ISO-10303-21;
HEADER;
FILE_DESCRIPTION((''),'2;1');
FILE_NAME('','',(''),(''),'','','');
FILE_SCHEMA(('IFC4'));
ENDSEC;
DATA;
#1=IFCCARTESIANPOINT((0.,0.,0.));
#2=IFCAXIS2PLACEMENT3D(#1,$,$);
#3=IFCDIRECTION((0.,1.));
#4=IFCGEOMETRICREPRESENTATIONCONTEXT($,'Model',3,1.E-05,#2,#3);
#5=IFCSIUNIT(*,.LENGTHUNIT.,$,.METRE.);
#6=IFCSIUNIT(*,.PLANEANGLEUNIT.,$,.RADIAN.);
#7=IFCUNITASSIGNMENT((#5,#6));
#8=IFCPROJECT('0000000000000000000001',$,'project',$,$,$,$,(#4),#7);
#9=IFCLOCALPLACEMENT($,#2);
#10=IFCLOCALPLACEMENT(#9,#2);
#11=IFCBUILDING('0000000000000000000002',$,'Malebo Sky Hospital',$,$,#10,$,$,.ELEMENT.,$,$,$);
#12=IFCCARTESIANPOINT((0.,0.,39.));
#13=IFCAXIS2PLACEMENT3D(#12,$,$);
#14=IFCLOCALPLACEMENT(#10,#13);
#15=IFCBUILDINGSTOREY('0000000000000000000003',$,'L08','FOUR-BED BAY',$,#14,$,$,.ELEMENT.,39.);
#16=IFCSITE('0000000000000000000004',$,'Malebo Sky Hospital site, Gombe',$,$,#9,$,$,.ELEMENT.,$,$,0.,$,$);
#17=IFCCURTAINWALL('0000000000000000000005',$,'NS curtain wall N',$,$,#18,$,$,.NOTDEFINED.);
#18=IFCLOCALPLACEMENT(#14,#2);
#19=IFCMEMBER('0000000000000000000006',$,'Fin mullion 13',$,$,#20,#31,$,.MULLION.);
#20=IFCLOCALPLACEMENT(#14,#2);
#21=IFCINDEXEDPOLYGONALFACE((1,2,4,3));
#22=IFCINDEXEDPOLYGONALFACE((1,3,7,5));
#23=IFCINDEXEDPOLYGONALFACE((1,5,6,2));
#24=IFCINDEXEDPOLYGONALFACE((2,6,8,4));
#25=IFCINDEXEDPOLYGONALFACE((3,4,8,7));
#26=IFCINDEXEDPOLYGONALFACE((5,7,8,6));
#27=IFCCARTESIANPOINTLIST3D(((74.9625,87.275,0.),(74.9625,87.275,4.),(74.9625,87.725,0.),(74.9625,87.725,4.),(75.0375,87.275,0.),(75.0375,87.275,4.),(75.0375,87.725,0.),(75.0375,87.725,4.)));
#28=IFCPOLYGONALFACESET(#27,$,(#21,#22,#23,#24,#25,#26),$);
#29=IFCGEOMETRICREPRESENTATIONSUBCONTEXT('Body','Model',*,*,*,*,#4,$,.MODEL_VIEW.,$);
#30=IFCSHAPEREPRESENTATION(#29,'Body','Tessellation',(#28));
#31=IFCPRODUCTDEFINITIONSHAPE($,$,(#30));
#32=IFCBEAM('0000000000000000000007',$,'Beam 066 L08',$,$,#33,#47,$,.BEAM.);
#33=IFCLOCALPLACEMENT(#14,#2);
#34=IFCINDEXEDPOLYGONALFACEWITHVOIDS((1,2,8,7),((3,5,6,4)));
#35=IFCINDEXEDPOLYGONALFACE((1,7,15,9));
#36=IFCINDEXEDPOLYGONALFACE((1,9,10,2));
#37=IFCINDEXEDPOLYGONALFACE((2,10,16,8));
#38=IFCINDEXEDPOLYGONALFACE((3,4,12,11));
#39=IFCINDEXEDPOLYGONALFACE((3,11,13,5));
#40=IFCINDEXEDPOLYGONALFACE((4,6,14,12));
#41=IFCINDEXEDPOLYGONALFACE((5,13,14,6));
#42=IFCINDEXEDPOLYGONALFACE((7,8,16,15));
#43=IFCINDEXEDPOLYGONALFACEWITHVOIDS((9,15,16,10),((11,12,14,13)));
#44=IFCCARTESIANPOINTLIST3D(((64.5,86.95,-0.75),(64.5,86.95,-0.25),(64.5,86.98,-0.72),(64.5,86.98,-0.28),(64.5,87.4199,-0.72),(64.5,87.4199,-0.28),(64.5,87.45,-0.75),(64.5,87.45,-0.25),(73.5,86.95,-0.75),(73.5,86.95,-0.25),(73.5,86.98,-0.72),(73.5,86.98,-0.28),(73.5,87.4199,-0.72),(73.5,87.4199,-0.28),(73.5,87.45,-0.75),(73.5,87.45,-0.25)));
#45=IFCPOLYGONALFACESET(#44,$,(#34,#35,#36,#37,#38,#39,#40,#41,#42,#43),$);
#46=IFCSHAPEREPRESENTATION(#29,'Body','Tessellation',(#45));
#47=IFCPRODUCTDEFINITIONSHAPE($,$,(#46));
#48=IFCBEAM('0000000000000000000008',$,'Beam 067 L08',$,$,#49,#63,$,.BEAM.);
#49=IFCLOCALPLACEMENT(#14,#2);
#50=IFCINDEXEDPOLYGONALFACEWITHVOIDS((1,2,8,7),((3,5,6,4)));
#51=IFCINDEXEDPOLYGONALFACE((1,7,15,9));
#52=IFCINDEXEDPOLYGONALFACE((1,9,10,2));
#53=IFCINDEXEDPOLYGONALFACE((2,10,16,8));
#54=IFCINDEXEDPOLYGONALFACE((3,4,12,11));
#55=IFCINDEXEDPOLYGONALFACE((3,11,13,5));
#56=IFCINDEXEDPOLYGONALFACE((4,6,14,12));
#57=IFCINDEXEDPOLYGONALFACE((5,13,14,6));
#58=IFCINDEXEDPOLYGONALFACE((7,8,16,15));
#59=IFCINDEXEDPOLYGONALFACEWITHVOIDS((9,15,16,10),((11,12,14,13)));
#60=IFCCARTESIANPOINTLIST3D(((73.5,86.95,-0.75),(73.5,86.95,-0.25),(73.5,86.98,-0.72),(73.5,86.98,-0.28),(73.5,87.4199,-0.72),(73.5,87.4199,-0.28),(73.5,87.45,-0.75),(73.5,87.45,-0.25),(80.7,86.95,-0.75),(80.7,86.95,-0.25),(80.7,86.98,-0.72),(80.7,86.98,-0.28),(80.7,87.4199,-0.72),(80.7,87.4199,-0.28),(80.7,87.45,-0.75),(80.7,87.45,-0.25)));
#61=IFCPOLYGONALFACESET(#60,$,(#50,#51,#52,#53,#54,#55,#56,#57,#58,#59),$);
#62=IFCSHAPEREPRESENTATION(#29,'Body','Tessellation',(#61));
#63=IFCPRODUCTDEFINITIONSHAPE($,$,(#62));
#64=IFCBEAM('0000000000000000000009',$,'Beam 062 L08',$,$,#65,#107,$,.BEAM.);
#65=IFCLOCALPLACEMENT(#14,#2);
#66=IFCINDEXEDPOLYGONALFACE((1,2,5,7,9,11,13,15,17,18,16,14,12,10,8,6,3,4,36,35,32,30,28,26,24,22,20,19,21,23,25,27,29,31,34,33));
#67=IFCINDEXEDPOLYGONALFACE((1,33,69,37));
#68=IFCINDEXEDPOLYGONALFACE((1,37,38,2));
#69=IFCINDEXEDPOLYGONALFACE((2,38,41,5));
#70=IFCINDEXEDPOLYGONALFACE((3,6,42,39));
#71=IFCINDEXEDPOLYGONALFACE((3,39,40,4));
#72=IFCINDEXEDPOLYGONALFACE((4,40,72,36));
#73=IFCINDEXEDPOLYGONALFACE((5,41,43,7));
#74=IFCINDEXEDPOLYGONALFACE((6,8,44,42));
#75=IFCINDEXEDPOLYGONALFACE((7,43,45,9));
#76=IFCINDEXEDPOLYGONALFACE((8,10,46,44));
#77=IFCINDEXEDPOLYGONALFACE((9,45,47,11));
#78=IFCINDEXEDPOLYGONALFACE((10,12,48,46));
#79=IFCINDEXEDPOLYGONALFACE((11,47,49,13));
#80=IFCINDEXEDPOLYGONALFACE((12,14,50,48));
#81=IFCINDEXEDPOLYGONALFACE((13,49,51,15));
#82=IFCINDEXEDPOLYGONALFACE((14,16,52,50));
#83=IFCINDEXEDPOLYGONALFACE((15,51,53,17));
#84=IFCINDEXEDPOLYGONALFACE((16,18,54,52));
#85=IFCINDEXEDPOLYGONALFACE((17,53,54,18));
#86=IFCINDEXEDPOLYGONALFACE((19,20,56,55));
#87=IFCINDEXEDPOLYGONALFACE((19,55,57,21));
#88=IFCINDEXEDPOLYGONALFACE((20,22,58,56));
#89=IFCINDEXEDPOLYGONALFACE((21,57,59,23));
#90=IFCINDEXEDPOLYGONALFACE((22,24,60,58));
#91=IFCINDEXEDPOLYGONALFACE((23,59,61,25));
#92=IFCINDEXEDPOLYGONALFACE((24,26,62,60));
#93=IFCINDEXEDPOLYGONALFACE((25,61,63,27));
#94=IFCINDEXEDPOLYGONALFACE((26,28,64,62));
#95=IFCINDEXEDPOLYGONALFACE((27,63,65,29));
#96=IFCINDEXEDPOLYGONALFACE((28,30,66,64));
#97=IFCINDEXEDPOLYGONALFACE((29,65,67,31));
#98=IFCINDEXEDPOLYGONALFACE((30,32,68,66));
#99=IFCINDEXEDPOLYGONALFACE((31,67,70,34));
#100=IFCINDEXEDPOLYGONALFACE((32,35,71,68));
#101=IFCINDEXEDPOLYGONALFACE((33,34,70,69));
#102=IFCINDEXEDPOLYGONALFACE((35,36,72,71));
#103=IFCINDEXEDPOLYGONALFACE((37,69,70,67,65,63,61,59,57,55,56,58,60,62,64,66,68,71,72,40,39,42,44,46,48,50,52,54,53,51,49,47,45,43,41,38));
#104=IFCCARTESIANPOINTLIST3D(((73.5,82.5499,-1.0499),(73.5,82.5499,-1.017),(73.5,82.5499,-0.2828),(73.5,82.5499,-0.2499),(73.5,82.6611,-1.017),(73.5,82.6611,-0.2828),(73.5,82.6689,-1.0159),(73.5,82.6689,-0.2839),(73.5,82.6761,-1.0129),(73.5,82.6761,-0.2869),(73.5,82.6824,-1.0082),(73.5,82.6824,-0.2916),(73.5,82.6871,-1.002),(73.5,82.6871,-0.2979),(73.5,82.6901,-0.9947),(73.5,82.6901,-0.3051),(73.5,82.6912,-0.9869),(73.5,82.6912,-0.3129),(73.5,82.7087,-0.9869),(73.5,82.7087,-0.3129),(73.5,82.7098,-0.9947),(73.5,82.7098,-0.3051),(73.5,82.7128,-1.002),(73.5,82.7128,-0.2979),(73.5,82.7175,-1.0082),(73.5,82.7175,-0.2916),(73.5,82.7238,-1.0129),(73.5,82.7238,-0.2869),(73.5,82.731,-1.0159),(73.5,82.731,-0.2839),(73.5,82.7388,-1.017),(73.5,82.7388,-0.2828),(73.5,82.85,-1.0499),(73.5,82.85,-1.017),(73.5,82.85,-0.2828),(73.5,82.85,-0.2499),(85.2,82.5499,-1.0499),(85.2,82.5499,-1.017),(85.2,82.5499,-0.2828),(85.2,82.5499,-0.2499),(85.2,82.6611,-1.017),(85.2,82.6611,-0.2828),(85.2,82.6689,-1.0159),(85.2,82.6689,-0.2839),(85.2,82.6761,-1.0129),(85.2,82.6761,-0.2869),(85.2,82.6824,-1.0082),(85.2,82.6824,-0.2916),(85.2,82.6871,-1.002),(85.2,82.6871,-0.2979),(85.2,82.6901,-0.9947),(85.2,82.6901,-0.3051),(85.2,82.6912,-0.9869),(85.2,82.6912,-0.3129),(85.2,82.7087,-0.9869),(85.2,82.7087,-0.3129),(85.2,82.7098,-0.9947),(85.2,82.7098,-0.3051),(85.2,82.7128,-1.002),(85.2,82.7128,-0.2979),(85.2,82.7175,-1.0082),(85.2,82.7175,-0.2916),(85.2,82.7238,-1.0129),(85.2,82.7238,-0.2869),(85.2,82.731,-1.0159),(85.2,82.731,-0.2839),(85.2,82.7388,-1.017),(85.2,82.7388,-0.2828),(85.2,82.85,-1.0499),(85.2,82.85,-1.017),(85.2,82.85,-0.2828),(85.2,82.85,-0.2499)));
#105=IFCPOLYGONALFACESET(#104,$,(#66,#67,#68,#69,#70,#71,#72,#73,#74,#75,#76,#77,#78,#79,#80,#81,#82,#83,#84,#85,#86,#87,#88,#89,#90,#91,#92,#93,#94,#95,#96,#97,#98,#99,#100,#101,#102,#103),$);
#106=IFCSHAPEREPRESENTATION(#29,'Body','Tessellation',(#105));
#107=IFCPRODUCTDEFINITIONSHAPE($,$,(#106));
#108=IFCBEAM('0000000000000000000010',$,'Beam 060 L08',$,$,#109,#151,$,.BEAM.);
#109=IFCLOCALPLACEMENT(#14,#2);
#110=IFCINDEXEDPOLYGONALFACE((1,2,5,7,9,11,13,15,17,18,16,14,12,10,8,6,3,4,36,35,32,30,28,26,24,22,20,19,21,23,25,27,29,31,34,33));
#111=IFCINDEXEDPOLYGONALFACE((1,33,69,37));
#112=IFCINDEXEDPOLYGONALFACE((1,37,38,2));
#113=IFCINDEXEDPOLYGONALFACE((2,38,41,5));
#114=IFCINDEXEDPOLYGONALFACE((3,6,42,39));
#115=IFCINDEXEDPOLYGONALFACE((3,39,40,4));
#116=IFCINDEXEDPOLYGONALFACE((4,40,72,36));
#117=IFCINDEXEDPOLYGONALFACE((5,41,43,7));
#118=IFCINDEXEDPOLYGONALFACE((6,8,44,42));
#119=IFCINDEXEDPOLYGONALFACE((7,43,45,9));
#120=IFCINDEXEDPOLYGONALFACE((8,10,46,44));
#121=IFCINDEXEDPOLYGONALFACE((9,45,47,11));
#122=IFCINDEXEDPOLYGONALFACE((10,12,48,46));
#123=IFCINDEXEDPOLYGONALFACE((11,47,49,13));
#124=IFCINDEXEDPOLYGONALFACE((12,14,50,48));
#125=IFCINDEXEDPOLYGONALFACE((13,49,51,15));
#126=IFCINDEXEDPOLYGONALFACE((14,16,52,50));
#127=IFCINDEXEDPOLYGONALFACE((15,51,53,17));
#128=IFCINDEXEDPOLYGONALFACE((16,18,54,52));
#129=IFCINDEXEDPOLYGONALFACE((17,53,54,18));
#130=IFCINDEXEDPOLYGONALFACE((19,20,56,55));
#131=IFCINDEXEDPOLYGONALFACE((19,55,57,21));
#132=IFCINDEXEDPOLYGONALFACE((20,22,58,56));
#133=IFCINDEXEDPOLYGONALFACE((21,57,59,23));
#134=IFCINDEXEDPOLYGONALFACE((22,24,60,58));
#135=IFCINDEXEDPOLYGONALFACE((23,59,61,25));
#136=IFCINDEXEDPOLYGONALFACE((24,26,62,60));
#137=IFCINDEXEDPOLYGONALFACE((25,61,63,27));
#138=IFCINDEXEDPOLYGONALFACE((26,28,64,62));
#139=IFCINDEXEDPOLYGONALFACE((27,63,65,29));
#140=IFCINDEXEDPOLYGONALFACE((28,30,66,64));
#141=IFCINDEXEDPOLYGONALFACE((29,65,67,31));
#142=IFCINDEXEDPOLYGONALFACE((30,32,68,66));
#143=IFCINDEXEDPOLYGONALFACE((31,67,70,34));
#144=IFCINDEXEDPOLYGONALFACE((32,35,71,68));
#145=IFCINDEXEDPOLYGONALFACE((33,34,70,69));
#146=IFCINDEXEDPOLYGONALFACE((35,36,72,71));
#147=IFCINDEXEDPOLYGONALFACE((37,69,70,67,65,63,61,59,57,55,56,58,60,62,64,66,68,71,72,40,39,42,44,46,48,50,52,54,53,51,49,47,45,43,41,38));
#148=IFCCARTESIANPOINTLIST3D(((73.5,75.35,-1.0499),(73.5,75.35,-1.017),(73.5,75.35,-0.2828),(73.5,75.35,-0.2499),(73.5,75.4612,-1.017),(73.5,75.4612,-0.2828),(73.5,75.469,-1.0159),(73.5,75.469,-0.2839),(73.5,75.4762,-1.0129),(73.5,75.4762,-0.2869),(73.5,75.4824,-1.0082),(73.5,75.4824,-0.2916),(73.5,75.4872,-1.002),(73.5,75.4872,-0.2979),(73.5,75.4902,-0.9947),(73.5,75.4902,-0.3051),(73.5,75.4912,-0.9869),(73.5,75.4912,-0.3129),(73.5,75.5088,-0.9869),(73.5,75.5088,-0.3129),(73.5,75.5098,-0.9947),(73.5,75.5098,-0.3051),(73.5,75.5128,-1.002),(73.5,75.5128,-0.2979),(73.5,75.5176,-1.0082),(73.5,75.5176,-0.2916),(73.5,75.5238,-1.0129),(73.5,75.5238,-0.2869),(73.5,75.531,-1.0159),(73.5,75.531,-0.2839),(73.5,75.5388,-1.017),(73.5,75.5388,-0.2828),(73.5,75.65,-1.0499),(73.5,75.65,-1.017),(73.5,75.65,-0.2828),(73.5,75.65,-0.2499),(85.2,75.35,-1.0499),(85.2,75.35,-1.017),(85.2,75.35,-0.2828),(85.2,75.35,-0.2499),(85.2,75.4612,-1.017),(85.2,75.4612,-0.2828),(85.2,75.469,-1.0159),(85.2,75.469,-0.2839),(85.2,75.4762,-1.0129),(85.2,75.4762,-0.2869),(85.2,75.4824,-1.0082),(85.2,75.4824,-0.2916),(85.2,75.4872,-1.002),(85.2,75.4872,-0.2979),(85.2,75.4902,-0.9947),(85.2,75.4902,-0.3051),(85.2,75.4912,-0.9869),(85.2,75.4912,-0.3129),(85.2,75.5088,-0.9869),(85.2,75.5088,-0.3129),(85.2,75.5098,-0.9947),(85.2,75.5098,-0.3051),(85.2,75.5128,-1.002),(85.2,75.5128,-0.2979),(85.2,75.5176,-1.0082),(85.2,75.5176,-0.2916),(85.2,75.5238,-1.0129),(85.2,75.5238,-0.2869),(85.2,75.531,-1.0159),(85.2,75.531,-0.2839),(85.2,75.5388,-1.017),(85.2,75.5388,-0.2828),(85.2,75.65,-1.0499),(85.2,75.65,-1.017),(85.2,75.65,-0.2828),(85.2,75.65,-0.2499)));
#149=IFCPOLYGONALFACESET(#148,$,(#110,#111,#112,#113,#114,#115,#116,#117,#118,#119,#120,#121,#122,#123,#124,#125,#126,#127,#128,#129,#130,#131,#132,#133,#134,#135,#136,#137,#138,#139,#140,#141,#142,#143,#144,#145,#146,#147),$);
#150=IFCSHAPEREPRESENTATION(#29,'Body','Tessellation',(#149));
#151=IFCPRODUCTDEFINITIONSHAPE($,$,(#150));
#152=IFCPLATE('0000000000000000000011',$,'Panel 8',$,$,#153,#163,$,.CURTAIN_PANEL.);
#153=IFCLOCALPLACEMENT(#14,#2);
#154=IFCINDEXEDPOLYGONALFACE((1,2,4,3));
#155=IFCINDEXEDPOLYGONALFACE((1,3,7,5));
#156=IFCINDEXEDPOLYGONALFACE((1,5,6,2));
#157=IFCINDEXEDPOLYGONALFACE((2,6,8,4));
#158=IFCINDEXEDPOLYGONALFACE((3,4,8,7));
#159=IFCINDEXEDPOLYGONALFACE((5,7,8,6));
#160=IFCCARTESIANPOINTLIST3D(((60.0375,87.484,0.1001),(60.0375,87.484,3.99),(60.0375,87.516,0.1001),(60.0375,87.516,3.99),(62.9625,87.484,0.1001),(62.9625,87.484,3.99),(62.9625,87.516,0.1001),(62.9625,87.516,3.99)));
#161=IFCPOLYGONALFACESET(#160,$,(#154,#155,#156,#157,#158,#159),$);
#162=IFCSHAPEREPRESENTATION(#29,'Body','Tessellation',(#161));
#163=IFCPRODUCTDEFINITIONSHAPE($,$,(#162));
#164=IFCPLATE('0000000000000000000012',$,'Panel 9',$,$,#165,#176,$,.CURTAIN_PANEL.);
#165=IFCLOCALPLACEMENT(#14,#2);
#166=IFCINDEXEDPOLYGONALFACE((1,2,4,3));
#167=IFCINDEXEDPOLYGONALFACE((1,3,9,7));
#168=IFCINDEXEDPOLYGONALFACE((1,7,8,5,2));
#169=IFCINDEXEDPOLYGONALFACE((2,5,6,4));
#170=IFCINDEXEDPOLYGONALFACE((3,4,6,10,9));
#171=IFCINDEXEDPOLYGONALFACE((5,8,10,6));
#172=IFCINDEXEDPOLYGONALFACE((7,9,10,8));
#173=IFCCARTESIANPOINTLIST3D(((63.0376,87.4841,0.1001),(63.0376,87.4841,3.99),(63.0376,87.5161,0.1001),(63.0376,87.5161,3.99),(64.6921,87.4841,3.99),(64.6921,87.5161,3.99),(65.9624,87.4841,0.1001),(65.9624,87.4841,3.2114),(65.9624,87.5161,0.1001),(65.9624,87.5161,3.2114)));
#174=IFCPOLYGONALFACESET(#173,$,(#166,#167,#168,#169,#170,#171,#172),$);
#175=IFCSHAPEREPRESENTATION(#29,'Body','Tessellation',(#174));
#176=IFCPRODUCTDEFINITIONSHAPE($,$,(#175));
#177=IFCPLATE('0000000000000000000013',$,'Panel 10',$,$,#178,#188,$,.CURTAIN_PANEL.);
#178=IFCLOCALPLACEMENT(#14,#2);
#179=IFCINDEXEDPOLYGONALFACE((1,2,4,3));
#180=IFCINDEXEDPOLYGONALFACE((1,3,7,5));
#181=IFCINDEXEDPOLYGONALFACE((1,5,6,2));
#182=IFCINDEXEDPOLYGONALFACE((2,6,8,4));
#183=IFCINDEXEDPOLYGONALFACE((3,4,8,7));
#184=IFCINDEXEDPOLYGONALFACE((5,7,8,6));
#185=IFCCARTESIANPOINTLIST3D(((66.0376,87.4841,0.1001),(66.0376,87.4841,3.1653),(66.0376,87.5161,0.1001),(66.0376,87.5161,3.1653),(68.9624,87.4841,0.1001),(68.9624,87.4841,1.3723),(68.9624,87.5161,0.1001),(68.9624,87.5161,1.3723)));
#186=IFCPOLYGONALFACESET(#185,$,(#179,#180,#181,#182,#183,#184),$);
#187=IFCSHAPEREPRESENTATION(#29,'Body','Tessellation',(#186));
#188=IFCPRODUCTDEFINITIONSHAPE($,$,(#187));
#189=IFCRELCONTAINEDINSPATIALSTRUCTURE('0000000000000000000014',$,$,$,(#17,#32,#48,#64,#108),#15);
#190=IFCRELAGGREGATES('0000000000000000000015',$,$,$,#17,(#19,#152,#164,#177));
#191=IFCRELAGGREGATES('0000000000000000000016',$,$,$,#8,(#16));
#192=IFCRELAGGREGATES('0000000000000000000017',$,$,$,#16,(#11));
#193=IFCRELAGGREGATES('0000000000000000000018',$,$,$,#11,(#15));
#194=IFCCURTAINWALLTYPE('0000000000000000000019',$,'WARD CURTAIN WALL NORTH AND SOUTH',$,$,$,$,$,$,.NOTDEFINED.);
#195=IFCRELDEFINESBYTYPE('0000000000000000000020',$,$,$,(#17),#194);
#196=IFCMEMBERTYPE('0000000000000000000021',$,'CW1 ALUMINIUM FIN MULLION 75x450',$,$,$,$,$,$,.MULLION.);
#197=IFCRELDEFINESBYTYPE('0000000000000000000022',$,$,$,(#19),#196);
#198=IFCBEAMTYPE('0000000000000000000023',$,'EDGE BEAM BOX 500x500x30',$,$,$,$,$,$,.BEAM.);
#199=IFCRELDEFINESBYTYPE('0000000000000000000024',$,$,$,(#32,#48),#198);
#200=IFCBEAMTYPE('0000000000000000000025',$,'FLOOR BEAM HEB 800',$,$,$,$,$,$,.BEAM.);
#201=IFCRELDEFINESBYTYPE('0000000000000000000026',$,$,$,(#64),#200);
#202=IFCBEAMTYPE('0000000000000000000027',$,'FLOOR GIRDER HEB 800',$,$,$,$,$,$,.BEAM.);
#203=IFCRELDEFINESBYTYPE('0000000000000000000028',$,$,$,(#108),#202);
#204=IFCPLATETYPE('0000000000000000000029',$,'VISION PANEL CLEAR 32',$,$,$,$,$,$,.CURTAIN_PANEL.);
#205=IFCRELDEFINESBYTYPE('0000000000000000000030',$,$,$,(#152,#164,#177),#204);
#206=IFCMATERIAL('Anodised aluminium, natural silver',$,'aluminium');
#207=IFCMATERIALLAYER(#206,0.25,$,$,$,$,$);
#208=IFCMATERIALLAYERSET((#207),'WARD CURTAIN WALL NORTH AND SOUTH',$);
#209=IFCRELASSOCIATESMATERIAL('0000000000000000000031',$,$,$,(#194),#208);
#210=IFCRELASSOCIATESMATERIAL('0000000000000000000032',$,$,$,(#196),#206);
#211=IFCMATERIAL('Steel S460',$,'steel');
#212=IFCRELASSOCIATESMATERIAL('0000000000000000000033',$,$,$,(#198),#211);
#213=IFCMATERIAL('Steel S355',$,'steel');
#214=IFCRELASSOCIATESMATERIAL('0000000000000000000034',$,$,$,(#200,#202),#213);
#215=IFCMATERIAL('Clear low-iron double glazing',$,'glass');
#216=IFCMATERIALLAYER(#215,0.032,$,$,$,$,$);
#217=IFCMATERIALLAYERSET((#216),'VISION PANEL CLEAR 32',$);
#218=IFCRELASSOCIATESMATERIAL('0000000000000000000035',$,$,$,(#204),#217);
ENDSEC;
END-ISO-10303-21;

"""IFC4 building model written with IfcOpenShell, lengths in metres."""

from ifc_helpers import new_model, si_unit, direction, frame, origin, origin_2d, place, context, subcontext, project, spatial, polyline, rectangle, hollow_rectangle, i_section, outline, extrude, material, layer, layer_set, material_profile, profile_set, type_object, element, aggregate, save


model = new_model("IFC4")

# Units and contexts
model_context = context("Model", 3, precision=1e-05, world=origin(), true_north=direction((0.0, 1.0)))
body_context = subcontext(model_context, "Body", "Model", "MODEL_VIEW")
ifc_project = project(units=[si_unit("LENGTHUNIT", "METRE"), si_unit("PLANEANGLEUNIT", "RADIAN")], contexts=[model_context])

# Site, building, storey
site_placement = place(None, origin())
site = spatial("IfcSite", under=ifc_project, at=site_placement, Name="Malebo Sky Hospital site, Gombe", CompositionType="ELEMENT", RefElevation=0.0)
building_placement = place(site_placement, origin())
building = spatial("IfcBuilding", under=site, at=building_placement, Name="Malebo Sky Hospital", CompositionType="ELEMENT")
storey_placement = place(building_placement, frame((0.0, 0.0, 39.0)))
storey = spatial("IfcBuildingStorey", under=building, at=storey_placement, Name="L08", Description="FOUR-BED BAY", CompositionType="ELEMENT", Elevation=39.0)

# Shared definitions
ifc_material_1 = material(Name="Steel S460", Category="steel")

# Curtain wall
ifc_material_2 = material(Name="Anodised aluminium, natural silver", Category="aluminium")
ifc_layer_1 = layer(ifc_material_2, 0.25)
ifc_layer_set_1 = layer_set([ifc_layer_1], Name="WARD CURTAIN WALL NORTH AND SOUTH")
curtain_wall_type = type_object("IfcCurtainWallType", Name="WARD CURTAIN WALL NORTH AND SOUTH", PredefinedType="NOTDEFINED", material=ifc_layer_set_1)
curtain_wall_placement = place(storey_placement, origin())
curtain_wall = element("IfcCurtainWall", 1, at=curtain_wall_placement, inside=storey, type_object=curtain_wall_type, Name="NS curtain wall N", PredefinedType="NOTDEFINED")

# Member
ifc_material_3 = material(Name="Steel S355", Category="steel")
ifc_material_profile_1 = material_profile(ifc_material_2, rectangle(XDim=0.075, YDim=0.45, at=origin_2d()), Name="CW1 ALUMINIUM FIN MULLION 75x450")
ifc_profile_set_1 = profile_set([ifc_material_profile_1], Name="Anodised aluminium, natural silver")
member_type_1 = type_object("IfcMemberType", Name="CW1 ALUMINIUM FIN MULLION 75x450", PredefinedType="MULLION", material=ifc_profile_set_1)
member_1_placement = place(storey_placement, frame((75.0, 87.5, 0.0), z_axis=(0.0, 0.0, 1.0), x_axis=(1.0, 0.0, 0.0)))
member_1 = element("IfcMember", 2, at=member_1_placement, type_object=member_type_1, Name="Fin mullion 13", PredefinedType="MULLION", context=body_context, shape_type="SweptSolid", body=[
    extrude(rectangle(XDim=0.075, YDim=0.45, at=origin_2d()), origin(), (0.0, 0.0, 1.0), 4.0),
])

# Beams
ifc_material_profile_2 = material_profile(ifc_material_1, hollow_rectangle(XDim=0.5, YDim=0.5, WallThickness=0.03, at=origin_2d()), Name="BOX 500x500x30")
ifc_profile_set_2 = profile_set([ifc_material_profile_2], Name="Steel S460")
beam_type_1 = type_object("IfcBeamType", Name="EDGE BEAM BOX 500x500x30", PredefinedType="BEAM", material=ifc_profile_set_2)
beam_1_placement = place(storey_placement, frame((64.5, 87.2, -0.5), z_axis=(1.0, 0.0, 0.0), x_axis=(0.0, 1.0, 0.0)))
element("IfcBeam", 3, at=beam_1_placement, inside=storey, type_object=beam_type_1, Name="Beam 066 L08", PredefinedType="BEAM", context=body_context, shape_type="SweptSolid", body=[
    extrude(hollow_rectangle(XDim=0.5, YDim=0.5, WallThickness=0.03, at=origin_2d()), origin(), (0.0, 0.0, 1.0), 9.0),
])
beam_2_placement = place(storey_placement, frame((73.5, 87.2, -0.5), z_axis=(1.0, 0.0, 0.0), x_axis=(0.0, 1.0, 0.0)))
element("IfcBeam", 4, at=beam_2_placement, inside=storey, type_object=beam_type_1, Name="Beam 067 L08", PredefinedType="BEAM", context=body_context, shape_type="SweptSolid", body=[
    extrude(hollow_rectangle(XDim=0.5, YDim=0.5, WallThickness=0.03, at=origin_2d()), origin(), (0.0, 0.0, 1.0), 7.2),
])
ifc_material_profile_3 = material_profile(ifc_material_3, i_section(OverallWidth=0.3, OverallDepth=0.8, WebThickness=0.0176, FlangeThickness=0.033, FilletRadius=0.03, at=origin_2d()), Name="HEB 800")
ifc_profile_set_3 = profile_set([ifc_material_profile_3], Name="Steel S355")
beam_type_2 = type_object("IfcBeamType", Name="FLOOR BEAM HEB 800", PredefinedType="BEAM", material=ifc_profile_set_3)
beam_3_placement = place(storey_placement, frame((73.5, 82.7, -0.6499), z_axis=(1.0, 0.0, 0.0), x_axis=(0.0, 1.0, 0.0)))
element("IfcBeam", 5, at=beam_3_placement, inside=storey, type_object=beam_type_2, Name="Beam 062 L08", PredefinedType="BEAM", context=body_context, shape_type="SweptSolid", body=[
    extrude(i_section(OverallWidth=0.3, OverallDepth=0.8, WebThickness=0.0176, FlangeThickness=0.033, FilletRadius=0.03, at=origin_2d()), origin(), (0.0, 0.0, 1.0), 11.7),
])
ifc_material_profile_4 = material_profile(ifc_material_3, i_section(OverallWidth=0.3, OverallDepth=0.8, WebThickness=0.0176, FlangeThickness=0.033, FilletRadius=0.03, at=origin_2d()), Name="HEB 800")
ifc_profile_set_4 = profile_set([ifc_material_profile_4], Name="Steel S355")
beam_type_3 = type_object("IfcBeamType", Name="FLOOR GIRDER HEB 800", PredefinedType="BEAM", material=ifc_profile_set_4)
beam_4_placement = place(storey_placement, frame((73.5, 75.5, -0.6499), z_axis=(1.0, 0.0, 0.0), x_axis=(0.0, 1.0, 0.0)))
element("IfcBeam", 6, at=beam_4_placement, inside=storey, type_object=beam_type_3, Name="Beam 060 L08", PredefinedType="BEAM", context=body_context, shape_type="SweptSolid", body=[
    extrude(i_section(OverallWidth=0.3, OverallDepth=0.8, WebThickness=0.0176, FlangeThickness=0.033, FilletRadius=0.03, at=origin_2d()), origin(), (0.0, 0.0, 1.0), 11.7),
])

# Plates
ifc_material_4 = material(Name="Clear low-iron double glazing", Category="glass")
ifc_layer_2 = layer(ifc_material_4, 0.032)
ifc_layer_set_2 = layer_set([ifc_layer_2], Name="VISION PANEL CLEAR 32")
plate_type = type_object("IfcPlateType", Name="VISION PANEL CLEAR 32", PredefinedType="CURTAIN_PANEL", material=ifc_layer_set_2)
plate_1_placement = place(storey_placement, frame((61.5, 87.5, 0.1001), z_axis=(0.0, 0.0, 1.0), x_axis=(1.0, 0.0, 0.0)))
plate_1 = element("IfcPlate", 7, at=plate_1_placement, type_object=plate_type, Name="Panel 8", PredefinedType="CURTAIN_PANEL", context=body_context, shape_type="SweptSolid", body=[
    extrude(rectangle(XDim=2.925, YDim=0.032, at=origin_2d()), origin(), (0.0, 0.0, 1.0), 3.8899),
])
plate_2_placement = place(storey_placement, frame((64.5, 87.5, 0.1001), z_axis=(0.0, 0.0, 1.0), x_axis=(1.0, 0.0, 0.0)))
plate_2 = element("IfcPlate", 8, at=plate_2_placement, type_object=plate_type, Name="Panel 9", PredefinedType="CURTAIN_PANEL", context=body_context, shape_type="SweptSolid", body=[
    extrude(outline(polyline([(-1.4624, 0.0), (1.4624, 0.0), (1.4624, 3.1113), (0.1921, 3.8899), (-1.4624, 3.8899), (-1.4624, 0.0)])), frame((0.0, 0.0161, 0.0), z_axis=(0.0, -1.0, 0.0), x_axis=(1.0, 0.0, 0.0)), (0.0, 0.0, 1.0), 0.032),
])
plate_3_placement = place(storey_placement, frame((67.5, 87.5, 0.1001), z_axis=(0.0, 0.0, 1.0), x_axis=(1.0, 0.0, 0.0)))
plate_3 = element("IfcPlate", 9, at=plate_3_placement, type_object=plate_type, Name="Panel 10", PredefinedType="CURTAIN_PANEL", context=body_context, shape_type="SweptSolid", body=[
    extrude(outline(polyline([(-1.4624, 0.0), (1.4624, 0.0), (1.4624, 1.2722), (-1.4624, 3.0652), (-1.4624, 0.0)])), frame((0.0, 0.0161, 0.0), z_axis=(0.0, -1.0, 0.0), x_axis=(1.0, 0.0, 0.0)), (0.0, 0.0, 1.0), 0.032),
])
aggregate(curtain_wall, [member_1, plate_1, plate_2, plate_3])

save(model, "model.ifc")
